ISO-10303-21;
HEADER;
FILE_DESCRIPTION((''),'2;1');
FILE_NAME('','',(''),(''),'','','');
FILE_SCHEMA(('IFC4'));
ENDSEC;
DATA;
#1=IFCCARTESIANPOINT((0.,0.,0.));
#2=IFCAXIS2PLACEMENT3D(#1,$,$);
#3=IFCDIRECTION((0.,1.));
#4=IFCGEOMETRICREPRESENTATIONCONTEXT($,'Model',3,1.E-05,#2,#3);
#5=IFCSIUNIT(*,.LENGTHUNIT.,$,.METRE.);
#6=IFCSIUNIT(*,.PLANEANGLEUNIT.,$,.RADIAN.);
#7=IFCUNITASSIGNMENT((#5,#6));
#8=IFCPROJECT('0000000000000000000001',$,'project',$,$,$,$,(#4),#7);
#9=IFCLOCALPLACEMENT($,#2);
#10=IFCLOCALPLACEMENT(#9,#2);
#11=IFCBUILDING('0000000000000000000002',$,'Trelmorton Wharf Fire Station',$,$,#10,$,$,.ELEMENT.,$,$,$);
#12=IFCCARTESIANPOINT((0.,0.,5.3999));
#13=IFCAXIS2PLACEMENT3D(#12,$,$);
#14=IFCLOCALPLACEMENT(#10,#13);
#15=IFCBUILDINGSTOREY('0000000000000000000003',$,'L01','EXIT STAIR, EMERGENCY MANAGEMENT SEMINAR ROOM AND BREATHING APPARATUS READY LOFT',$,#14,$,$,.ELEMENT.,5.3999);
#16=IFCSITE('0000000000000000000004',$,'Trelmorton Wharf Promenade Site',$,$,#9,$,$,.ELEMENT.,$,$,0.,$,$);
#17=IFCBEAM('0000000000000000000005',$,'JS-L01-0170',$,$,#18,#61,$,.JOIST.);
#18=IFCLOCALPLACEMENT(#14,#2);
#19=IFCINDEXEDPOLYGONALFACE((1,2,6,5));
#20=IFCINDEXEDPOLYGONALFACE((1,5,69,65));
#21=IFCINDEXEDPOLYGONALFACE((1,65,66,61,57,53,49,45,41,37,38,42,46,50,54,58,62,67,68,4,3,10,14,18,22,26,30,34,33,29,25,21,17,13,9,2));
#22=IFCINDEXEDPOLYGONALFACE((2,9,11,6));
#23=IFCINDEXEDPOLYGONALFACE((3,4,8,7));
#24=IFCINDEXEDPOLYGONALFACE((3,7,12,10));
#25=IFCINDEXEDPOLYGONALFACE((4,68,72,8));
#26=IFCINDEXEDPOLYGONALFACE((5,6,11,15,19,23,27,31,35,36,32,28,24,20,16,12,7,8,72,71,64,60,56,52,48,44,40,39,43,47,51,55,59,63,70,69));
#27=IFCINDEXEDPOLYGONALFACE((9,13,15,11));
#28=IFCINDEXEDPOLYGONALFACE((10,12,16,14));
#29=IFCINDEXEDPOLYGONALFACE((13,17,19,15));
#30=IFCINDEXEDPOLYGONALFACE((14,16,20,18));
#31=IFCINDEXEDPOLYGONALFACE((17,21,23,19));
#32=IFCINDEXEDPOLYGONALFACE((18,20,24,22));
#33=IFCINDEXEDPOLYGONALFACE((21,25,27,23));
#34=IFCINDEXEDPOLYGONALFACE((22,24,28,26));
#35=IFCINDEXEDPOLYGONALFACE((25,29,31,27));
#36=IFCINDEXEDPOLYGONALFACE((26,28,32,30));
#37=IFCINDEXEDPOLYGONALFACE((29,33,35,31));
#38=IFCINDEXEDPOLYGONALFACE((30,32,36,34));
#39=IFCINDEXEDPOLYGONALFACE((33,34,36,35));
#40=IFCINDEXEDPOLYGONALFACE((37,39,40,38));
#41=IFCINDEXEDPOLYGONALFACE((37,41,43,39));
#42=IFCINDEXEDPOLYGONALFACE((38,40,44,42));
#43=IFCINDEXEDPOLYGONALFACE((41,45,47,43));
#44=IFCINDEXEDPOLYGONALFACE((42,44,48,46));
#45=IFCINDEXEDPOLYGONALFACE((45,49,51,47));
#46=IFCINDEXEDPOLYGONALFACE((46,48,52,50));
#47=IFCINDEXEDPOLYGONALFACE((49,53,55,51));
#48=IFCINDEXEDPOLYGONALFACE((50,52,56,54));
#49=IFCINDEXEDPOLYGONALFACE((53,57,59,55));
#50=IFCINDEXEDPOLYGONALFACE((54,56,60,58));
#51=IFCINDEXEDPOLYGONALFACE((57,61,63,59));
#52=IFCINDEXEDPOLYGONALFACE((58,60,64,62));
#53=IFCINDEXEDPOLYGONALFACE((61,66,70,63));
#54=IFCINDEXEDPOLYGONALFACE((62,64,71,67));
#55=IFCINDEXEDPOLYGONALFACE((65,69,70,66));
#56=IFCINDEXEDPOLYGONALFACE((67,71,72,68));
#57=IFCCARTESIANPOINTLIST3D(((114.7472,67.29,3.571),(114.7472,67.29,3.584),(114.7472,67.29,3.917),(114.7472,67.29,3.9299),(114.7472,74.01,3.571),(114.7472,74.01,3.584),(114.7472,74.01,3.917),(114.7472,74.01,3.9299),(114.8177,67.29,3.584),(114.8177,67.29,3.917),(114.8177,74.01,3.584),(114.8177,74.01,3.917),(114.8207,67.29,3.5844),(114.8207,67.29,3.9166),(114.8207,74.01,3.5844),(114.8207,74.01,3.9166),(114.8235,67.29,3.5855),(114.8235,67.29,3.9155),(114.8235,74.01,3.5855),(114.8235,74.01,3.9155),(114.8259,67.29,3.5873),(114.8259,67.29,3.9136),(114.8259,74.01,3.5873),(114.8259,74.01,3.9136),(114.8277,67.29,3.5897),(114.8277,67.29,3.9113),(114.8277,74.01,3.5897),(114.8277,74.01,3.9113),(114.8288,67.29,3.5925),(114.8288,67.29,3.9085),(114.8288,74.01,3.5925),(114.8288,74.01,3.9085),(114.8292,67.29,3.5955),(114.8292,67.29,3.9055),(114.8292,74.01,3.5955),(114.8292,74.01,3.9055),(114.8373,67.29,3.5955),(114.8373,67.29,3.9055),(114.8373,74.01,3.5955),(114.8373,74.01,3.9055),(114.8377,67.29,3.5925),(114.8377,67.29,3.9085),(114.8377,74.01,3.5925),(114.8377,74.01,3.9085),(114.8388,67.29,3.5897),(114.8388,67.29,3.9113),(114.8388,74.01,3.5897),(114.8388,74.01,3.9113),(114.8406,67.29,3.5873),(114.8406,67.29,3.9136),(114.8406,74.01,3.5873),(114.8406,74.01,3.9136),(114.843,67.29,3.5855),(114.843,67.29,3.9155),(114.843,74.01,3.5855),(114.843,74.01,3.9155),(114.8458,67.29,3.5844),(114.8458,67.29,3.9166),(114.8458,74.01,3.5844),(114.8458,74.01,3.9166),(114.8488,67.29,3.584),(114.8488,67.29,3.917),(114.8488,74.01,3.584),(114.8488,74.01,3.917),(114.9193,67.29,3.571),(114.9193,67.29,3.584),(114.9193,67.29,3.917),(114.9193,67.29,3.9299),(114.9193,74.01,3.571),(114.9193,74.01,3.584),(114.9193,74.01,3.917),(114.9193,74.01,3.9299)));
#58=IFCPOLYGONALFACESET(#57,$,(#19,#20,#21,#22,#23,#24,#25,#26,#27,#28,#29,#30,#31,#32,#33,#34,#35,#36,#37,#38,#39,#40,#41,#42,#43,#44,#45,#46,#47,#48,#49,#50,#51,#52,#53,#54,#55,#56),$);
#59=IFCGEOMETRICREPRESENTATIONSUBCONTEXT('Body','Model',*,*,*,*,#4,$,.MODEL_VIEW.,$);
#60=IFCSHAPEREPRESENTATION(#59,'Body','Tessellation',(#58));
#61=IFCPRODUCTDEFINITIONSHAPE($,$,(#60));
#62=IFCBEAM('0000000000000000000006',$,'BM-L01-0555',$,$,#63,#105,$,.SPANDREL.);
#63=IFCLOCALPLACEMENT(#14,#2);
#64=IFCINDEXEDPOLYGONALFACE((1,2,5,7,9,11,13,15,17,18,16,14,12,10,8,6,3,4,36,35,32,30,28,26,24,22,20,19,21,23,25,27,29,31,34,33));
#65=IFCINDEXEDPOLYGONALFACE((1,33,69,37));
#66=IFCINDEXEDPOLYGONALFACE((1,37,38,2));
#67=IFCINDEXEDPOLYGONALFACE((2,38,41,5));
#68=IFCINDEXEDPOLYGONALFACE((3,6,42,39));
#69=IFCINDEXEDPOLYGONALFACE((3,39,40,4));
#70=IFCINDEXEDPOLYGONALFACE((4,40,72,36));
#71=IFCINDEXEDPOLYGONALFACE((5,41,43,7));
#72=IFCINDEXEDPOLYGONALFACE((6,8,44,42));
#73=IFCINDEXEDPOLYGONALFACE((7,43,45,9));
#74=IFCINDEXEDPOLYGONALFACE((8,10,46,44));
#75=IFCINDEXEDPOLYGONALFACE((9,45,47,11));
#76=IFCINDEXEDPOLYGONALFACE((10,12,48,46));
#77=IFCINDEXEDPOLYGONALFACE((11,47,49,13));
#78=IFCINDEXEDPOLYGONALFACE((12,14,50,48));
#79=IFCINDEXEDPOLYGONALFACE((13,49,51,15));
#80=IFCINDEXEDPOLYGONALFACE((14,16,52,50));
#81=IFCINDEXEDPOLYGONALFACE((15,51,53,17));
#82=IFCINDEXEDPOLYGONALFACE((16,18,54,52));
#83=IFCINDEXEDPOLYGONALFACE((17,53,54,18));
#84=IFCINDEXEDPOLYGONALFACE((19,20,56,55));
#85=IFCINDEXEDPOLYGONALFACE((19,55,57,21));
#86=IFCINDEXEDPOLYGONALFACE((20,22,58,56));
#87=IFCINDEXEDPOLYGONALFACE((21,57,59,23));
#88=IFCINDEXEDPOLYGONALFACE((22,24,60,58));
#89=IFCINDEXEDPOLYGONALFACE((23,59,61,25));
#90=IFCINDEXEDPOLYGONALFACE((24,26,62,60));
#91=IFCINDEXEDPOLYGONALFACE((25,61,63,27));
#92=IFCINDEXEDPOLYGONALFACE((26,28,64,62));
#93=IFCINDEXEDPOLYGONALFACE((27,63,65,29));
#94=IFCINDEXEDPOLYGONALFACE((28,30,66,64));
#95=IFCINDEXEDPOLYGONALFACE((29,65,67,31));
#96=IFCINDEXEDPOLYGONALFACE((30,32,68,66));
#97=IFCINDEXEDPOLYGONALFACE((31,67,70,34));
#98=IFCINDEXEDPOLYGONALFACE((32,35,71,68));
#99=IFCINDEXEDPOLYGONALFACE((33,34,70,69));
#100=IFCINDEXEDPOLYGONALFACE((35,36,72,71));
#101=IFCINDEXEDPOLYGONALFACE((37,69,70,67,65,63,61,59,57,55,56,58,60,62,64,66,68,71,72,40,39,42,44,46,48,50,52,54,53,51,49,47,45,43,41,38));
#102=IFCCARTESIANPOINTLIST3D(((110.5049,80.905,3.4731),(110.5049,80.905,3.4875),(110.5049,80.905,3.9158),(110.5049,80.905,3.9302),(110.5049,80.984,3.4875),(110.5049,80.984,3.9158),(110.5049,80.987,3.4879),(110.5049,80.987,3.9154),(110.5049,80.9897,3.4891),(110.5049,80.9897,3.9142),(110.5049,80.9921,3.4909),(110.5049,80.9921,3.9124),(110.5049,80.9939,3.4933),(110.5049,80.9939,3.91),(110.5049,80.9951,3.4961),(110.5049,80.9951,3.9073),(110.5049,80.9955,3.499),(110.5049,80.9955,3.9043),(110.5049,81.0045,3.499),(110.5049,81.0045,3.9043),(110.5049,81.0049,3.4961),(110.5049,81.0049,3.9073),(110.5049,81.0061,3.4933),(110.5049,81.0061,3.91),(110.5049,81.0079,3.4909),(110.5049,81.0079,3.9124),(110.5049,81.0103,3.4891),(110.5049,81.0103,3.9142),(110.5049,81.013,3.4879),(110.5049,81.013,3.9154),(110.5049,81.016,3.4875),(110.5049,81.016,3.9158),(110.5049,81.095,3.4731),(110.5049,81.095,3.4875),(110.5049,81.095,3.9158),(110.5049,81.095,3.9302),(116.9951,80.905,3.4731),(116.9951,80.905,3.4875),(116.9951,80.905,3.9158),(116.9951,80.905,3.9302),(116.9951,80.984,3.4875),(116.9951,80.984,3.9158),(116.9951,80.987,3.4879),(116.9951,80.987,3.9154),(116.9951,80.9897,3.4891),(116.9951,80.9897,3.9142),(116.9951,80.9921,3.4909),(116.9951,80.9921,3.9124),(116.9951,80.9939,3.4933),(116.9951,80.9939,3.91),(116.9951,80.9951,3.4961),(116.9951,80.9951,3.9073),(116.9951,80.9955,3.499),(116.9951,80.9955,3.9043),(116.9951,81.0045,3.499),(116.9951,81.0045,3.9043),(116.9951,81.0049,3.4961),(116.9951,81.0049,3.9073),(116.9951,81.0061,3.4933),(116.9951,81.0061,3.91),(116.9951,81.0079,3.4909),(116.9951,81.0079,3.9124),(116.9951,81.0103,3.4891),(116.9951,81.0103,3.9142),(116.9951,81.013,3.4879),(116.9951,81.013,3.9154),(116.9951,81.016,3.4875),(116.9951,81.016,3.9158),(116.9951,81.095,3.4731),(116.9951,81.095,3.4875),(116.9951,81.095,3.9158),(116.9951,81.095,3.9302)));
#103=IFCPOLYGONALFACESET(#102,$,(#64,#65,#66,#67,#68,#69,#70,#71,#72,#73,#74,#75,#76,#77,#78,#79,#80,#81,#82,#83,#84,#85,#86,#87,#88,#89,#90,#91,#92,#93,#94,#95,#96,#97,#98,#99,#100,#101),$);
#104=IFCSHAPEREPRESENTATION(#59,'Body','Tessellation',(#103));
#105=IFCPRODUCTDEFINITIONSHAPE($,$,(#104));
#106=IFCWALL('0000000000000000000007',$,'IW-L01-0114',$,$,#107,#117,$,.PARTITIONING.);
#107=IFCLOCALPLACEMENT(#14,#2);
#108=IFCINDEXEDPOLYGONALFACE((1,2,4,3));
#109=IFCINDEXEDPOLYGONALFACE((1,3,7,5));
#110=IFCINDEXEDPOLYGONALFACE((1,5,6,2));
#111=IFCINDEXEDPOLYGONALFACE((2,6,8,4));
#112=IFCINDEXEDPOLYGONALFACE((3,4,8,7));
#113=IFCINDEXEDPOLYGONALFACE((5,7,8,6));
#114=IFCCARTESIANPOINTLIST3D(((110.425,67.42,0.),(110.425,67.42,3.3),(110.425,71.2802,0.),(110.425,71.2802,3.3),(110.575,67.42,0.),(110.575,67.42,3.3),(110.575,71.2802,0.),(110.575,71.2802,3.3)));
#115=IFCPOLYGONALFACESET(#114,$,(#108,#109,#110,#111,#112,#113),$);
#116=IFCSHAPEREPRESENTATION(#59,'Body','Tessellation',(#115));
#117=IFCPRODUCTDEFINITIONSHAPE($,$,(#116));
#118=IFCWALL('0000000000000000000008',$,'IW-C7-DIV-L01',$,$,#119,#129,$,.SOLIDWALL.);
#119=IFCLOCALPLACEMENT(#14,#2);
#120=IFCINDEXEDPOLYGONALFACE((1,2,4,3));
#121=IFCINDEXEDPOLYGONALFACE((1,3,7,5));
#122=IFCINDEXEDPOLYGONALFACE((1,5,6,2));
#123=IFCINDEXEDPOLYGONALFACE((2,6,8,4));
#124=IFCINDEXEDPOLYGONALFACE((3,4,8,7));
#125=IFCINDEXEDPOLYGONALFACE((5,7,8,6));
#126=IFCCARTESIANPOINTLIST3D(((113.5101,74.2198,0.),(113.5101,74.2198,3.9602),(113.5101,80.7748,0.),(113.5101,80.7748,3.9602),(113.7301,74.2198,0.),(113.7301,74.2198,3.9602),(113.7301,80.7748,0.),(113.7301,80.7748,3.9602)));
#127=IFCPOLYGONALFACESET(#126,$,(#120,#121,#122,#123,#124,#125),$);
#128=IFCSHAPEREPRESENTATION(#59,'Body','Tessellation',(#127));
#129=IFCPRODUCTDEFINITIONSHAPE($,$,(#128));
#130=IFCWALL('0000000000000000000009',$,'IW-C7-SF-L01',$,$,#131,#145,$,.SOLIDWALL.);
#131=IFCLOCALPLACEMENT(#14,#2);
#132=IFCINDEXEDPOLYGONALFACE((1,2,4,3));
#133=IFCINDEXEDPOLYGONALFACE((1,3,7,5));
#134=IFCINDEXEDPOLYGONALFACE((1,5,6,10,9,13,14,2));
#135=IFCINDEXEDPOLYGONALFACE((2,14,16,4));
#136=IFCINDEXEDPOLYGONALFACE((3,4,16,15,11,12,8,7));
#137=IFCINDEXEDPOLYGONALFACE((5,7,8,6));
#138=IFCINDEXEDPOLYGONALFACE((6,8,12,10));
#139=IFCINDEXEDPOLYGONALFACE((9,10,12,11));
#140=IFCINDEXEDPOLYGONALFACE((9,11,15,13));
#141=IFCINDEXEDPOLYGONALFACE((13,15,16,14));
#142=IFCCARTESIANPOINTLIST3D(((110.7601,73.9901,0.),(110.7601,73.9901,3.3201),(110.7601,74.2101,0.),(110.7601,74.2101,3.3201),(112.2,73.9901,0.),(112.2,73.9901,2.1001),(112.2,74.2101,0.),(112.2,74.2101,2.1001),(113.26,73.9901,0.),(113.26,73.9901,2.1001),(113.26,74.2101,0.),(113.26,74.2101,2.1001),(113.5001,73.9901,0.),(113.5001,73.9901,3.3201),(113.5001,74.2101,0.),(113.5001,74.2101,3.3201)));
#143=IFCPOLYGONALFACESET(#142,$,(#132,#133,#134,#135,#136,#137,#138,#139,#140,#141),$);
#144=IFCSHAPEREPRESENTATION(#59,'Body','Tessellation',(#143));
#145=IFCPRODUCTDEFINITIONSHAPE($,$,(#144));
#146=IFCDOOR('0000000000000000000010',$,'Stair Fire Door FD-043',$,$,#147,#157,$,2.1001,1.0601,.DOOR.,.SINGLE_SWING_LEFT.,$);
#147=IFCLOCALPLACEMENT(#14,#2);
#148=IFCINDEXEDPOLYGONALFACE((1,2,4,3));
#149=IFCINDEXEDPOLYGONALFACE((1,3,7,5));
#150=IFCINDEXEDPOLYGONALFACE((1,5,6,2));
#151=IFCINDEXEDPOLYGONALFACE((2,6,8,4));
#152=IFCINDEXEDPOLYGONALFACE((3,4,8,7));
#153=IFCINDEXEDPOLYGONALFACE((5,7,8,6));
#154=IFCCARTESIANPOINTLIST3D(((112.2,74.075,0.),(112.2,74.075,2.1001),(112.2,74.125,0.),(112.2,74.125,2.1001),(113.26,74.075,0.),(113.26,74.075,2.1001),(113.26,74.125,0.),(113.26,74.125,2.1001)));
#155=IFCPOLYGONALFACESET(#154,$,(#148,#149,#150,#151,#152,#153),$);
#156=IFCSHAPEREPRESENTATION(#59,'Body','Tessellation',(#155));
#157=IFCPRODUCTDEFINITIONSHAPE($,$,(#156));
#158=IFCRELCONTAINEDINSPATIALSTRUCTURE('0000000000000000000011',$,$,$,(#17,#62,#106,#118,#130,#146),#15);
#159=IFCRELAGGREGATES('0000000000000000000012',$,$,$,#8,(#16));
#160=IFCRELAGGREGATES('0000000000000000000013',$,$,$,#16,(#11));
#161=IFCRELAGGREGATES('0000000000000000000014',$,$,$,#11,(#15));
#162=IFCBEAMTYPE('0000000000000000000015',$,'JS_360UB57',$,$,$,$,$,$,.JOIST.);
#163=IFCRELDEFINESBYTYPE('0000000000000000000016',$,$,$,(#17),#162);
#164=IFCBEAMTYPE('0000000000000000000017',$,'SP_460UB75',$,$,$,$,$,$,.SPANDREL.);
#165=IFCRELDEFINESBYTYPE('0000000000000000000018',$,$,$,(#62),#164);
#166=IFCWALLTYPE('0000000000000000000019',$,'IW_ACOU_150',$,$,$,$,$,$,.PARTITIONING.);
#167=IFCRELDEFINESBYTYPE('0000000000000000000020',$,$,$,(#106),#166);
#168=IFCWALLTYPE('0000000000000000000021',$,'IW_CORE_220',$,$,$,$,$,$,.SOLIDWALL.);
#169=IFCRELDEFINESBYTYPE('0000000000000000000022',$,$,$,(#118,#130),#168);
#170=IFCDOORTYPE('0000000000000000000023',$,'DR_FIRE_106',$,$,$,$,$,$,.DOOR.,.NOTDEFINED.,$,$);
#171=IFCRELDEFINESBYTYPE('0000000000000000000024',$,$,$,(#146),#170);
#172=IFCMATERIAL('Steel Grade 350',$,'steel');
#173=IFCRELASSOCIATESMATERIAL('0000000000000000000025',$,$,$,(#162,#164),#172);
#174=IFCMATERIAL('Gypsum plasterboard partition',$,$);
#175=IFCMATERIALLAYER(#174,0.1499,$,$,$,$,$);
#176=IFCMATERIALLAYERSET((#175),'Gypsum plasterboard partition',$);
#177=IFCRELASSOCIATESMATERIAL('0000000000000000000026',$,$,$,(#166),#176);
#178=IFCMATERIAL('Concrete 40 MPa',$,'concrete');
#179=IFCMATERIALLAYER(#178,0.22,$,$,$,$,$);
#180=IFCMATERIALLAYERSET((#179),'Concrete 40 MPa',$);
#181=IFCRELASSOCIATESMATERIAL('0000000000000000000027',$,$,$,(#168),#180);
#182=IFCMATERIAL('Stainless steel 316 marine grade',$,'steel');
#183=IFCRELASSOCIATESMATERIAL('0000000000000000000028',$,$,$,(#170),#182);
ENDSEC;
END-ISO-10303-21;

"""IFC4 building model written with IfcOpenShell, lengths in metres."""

from ifc_helpers import new_model, si_unit, direction, frame, frame_2d, origin, origin_2d, place, context, subcontext, project, spatial, rectangle, i_section, extrude, material, layer, layer_set, material_profile, profile_set, type_object, element, fill, save


model = new_model("IFC4")

# Units and contexts
model_context = context("Model", 3, precision=1e-05, world=origin(), true_north=direction((0.0, 1.0)))
body_context = subcontext(model_context, "Body", "Model", "MODEL_VIEW")
ifc_project = project(units=[si_unit("LENGTHUNIT", "METRE"), si_unit("PLANEANGLEUNIT", "RADIAN")], contexts=[model_context])

# Site, building, storey
site_placement = place(None, origin())
site = spatial("IfcSite", under=ifc_project, at=site_placement, Name="Trelmorton Wharf Promenade Site", CompositionType="ELEMENT", RefElevation=0.0)
building_placement = place(site_placement, origin())
building = spatial("IfcBuilding", under=site, at=building_placement, Name="Trelmorton Wharf Fire Station", CompositionType="ELEMENT")
storey_placement = place(building_placement, frame((0.0, 0.0, 5.3999)))
storey = spatial("IfcBuildingStorey", under=building, at=storey_placement, Name="L01", Description="EXIT STAIR, EMERGENCY MANAGEMENT SEMINAR ROOM AND BREATHING APPARATUS READY LOFT", CompositionType="ELEMENT", Elevation=5.3999)

# Shared definitions
ifc_material_1 = material(Name="Steel Grade 350", Category="steel")

# Beams
ifc_material_profile_1 = material_profile(ifc_material_1, i_section(OverallWidth=0.1721, OverallDepth=0.3589, WebThickness=0.0081, FlangeThickness=0.0129, FilletRadius=0.0115, at=origin_2d()), Name="360UB56.7")
ifc_profile_set_1 = profile_set([ifc_material_profile_1], Name="Steel Grade 350")
beam_type_1 = type_object("IfcBeamType", Name="JS_360UB57", PredefinedType="JOIST", material=ifc_profile_set_1)
for number, where, z_axis, x_axis, name in (
    (1, (114.8333, 67.29, 3.7505), (0.0, 1.0, 0.0), (-1.0, 0.0, 0.0), "JS-L01-0170"),
):
    element("IfcBeam", number, at=place(storey_placement, frame(where, z_axis=z_axis, x_axis=x_axis)), inside=storey, type_object=beam_type_1, Name=name, PredefinedType="JOIST", context=body_context, shape_type="SweptSolid", body=[
        extrude(i_section(OverallWidth=0.1721, OverallDepth=0.3589, WebThickness=0.0081, FlangeThickness=0.0129, FilletRadius=0.0115, at=origin_2d()), origin(), (0.0, 0.0, 1.0), 6.72),
    ])
ifc_material_profile_2 = material_profile(ifc_material_1, i_section(OverallWidth=0.1899, OverallDepth=0.457, WebThickness=0.009, FlangeThickness=0.0144, FilletRadius=0.0115, at=origin_2d()), Name="460UB74.6")
ifc_profile_set_2 = profile_set([ifc_material_profile_2], Name="Steel Grade 350")
beam_type_2 = type_object("IfcBeamType", Name="SP_460UB75", PredefinedType="SPANDREL", material=ifc_profile_set_2)
beam_1_placement = place(storey_placement, frame((110.5049, 81.0, 3.7017), z_axis=(1.0, 0.0, 0.0), x_axis=(0.0, 1.0, 0.0)))
element("IfcBeam", 2, at=beam_1_placement, inside=storey, type_object=beam_type_2, Name="BM-L01-0555", PredefinedType="SPANDREL", context=body_context, shape_type="SweptSolid", body=[
    extrude(i_section(OverallWidth=0.1899, OverallDepth=0.457, WebThickness=0.009, FlangeThickness=0.0144, FilletRadius=0.0115, at=origin_2d()), origin(), (0.0, 0.0, 1.0), 6.4902),
])

# Walls
ifc_material_2 = material(Name="Gypsum plasterboard partition")
ifc_layer_1 = layer(ifc_material_2, 0.1499)
ifc_layer_set_1 = layer_set([ifc_layer_1], Name="Gypsum plasterboard partition")
wall_type_1 = type_object("IfcWallType", Name="IW_ACOU_150", PredefinedType="PARTITIONING", material=ifc_layer_set_1)
wall_1_placement = place(storey_placement, frame((110.5, 67.4199, 0.0), z_axis=(0.0, 0.0, 1.0), x_axis=(0.0, 1.0, 0.0)))
element("IfcWall", 3, at=wall_1_placement, inside=storey, type_object=wall_type_1, Name="IW-L01-0114", PredefinedType="PARTITIONING", context=body_context, shape_type="SweptSolid", body=[
    extrude(rectangle(XDim=3.8601, YDim=0.1499, at=frame_2d((1.9302, 0.0))), origin(), (0.0, 0.0, 1.0), 3.3),
])
ifc_material_3 = material(Name="Concrete 40 MPa", Category="concrete")
ifc_layer_2 = layer(ifc_material_3, 0.22)
ifc_layer_set_2 = layer_set([ifc_layer_2], Name="Concrete 40 MPa")
wall_type_2 = type_object("IfcWallType", Name="IW_CORE_220", PredefinedType="SOLIDWALL", material=ifc_layer_set_2)
wall_2_placement = place(storey_placement, frame((113.6201, 74.22, 0.0), z_axis=(0.0, 0.0, 1.0), x_axis=(0.0, 1.0, 0.0)))
element("IfcWall", 4, at=wall_2_placement, inside=storey, type_object=wall_type_2, Name="IW-C7-DIV-L01", PredefinedType="SOLIDWALL", context=body_context, shape_type="SweptSolid", body=[
    extrude(rectangle(XDim=6.5549, YDim=0.22, at=frame_2d((3.2773, 0.0))), origin(), (0.0, 0.0, 1.0), 3.9602),
])

# Wall, opening, door
wall_3_placement = place(storey_placement, frame((110.76, 74.1001, 0.0), z_axis=(0.0, 0.0, 1.0), x_axis=(1.0, 0.0, 0.0)))
wall_3 = element("IfcWall", 5, at=wall_3_placement, inside=storey, type_object=wall_type_2, Name="IW-C7-SF-L01", PredefinedType="SOLIDWALL", context=body_context, shape_type="SweptSolid", body=[
    extrude(rectangle(XDim=2.74, YDim=0.22, at=frame_2d((1.3701, 0.0))), origin(), (0.0, 0.0, 1.0), 3.3201),
])
opening_1_placement = place(wall_3_placement, frame((1.4399, 0.0, 0.0)))
opening_1 = element("IfcOpeningElement", 6, at=opening_1_placement, cuts=wall_3, PredefinedType="OPENING", context=body_context, shape_type="SweptSolid", body=[
    extrude(rectangle(XDim=1.0601, YDim=2.1001, at=frame_2d((0.53, 1.05))), frame((0.0, 0.1201, 0.0), z_axis=(0.0, -1.0, 0.0), x_axis=(1.0, 0.0, 0.0)), (0.0, 0.0, 1.0), 0.24),
])
ifc_material_4 = material(Name="Stainless steel 316 marine grade", Category="steel")
door_type_1 = type_object("IfcDoorType", Name="DR_FIRE_106", OperationType="NOTDEFINED", PredefinedType="DOOR", material=ifc_material_4)
door_1_placement = place(opening_1_placement, origin())
door_1 = element("IfcDoor", 7, at=door_1_placement, inside=storey, type_object=door_type_1, Name="Stair Fire Door FD-043", OperationType="SINGLE_SWING_LEFT", OverallHeight=2.1001, OverallWidth=1.0601, PredefinedType="DOOR", context=body_context, shape_type="SweptSolid", body=[
    extrude(rectangle(XDim=1.0601, YDim=2.1001, at=frame_2d((0.53, 1.05))), frame((0.0, 0.0249, 0.0), z_axis=(0.0, -1.0, 0.0), x_axis=(1.0, 0.0, 0.0)), (0.0, 0.0, 1.0), 0.05),
])
fill(opening_1, door_1)

save(model, "model.ifc")
